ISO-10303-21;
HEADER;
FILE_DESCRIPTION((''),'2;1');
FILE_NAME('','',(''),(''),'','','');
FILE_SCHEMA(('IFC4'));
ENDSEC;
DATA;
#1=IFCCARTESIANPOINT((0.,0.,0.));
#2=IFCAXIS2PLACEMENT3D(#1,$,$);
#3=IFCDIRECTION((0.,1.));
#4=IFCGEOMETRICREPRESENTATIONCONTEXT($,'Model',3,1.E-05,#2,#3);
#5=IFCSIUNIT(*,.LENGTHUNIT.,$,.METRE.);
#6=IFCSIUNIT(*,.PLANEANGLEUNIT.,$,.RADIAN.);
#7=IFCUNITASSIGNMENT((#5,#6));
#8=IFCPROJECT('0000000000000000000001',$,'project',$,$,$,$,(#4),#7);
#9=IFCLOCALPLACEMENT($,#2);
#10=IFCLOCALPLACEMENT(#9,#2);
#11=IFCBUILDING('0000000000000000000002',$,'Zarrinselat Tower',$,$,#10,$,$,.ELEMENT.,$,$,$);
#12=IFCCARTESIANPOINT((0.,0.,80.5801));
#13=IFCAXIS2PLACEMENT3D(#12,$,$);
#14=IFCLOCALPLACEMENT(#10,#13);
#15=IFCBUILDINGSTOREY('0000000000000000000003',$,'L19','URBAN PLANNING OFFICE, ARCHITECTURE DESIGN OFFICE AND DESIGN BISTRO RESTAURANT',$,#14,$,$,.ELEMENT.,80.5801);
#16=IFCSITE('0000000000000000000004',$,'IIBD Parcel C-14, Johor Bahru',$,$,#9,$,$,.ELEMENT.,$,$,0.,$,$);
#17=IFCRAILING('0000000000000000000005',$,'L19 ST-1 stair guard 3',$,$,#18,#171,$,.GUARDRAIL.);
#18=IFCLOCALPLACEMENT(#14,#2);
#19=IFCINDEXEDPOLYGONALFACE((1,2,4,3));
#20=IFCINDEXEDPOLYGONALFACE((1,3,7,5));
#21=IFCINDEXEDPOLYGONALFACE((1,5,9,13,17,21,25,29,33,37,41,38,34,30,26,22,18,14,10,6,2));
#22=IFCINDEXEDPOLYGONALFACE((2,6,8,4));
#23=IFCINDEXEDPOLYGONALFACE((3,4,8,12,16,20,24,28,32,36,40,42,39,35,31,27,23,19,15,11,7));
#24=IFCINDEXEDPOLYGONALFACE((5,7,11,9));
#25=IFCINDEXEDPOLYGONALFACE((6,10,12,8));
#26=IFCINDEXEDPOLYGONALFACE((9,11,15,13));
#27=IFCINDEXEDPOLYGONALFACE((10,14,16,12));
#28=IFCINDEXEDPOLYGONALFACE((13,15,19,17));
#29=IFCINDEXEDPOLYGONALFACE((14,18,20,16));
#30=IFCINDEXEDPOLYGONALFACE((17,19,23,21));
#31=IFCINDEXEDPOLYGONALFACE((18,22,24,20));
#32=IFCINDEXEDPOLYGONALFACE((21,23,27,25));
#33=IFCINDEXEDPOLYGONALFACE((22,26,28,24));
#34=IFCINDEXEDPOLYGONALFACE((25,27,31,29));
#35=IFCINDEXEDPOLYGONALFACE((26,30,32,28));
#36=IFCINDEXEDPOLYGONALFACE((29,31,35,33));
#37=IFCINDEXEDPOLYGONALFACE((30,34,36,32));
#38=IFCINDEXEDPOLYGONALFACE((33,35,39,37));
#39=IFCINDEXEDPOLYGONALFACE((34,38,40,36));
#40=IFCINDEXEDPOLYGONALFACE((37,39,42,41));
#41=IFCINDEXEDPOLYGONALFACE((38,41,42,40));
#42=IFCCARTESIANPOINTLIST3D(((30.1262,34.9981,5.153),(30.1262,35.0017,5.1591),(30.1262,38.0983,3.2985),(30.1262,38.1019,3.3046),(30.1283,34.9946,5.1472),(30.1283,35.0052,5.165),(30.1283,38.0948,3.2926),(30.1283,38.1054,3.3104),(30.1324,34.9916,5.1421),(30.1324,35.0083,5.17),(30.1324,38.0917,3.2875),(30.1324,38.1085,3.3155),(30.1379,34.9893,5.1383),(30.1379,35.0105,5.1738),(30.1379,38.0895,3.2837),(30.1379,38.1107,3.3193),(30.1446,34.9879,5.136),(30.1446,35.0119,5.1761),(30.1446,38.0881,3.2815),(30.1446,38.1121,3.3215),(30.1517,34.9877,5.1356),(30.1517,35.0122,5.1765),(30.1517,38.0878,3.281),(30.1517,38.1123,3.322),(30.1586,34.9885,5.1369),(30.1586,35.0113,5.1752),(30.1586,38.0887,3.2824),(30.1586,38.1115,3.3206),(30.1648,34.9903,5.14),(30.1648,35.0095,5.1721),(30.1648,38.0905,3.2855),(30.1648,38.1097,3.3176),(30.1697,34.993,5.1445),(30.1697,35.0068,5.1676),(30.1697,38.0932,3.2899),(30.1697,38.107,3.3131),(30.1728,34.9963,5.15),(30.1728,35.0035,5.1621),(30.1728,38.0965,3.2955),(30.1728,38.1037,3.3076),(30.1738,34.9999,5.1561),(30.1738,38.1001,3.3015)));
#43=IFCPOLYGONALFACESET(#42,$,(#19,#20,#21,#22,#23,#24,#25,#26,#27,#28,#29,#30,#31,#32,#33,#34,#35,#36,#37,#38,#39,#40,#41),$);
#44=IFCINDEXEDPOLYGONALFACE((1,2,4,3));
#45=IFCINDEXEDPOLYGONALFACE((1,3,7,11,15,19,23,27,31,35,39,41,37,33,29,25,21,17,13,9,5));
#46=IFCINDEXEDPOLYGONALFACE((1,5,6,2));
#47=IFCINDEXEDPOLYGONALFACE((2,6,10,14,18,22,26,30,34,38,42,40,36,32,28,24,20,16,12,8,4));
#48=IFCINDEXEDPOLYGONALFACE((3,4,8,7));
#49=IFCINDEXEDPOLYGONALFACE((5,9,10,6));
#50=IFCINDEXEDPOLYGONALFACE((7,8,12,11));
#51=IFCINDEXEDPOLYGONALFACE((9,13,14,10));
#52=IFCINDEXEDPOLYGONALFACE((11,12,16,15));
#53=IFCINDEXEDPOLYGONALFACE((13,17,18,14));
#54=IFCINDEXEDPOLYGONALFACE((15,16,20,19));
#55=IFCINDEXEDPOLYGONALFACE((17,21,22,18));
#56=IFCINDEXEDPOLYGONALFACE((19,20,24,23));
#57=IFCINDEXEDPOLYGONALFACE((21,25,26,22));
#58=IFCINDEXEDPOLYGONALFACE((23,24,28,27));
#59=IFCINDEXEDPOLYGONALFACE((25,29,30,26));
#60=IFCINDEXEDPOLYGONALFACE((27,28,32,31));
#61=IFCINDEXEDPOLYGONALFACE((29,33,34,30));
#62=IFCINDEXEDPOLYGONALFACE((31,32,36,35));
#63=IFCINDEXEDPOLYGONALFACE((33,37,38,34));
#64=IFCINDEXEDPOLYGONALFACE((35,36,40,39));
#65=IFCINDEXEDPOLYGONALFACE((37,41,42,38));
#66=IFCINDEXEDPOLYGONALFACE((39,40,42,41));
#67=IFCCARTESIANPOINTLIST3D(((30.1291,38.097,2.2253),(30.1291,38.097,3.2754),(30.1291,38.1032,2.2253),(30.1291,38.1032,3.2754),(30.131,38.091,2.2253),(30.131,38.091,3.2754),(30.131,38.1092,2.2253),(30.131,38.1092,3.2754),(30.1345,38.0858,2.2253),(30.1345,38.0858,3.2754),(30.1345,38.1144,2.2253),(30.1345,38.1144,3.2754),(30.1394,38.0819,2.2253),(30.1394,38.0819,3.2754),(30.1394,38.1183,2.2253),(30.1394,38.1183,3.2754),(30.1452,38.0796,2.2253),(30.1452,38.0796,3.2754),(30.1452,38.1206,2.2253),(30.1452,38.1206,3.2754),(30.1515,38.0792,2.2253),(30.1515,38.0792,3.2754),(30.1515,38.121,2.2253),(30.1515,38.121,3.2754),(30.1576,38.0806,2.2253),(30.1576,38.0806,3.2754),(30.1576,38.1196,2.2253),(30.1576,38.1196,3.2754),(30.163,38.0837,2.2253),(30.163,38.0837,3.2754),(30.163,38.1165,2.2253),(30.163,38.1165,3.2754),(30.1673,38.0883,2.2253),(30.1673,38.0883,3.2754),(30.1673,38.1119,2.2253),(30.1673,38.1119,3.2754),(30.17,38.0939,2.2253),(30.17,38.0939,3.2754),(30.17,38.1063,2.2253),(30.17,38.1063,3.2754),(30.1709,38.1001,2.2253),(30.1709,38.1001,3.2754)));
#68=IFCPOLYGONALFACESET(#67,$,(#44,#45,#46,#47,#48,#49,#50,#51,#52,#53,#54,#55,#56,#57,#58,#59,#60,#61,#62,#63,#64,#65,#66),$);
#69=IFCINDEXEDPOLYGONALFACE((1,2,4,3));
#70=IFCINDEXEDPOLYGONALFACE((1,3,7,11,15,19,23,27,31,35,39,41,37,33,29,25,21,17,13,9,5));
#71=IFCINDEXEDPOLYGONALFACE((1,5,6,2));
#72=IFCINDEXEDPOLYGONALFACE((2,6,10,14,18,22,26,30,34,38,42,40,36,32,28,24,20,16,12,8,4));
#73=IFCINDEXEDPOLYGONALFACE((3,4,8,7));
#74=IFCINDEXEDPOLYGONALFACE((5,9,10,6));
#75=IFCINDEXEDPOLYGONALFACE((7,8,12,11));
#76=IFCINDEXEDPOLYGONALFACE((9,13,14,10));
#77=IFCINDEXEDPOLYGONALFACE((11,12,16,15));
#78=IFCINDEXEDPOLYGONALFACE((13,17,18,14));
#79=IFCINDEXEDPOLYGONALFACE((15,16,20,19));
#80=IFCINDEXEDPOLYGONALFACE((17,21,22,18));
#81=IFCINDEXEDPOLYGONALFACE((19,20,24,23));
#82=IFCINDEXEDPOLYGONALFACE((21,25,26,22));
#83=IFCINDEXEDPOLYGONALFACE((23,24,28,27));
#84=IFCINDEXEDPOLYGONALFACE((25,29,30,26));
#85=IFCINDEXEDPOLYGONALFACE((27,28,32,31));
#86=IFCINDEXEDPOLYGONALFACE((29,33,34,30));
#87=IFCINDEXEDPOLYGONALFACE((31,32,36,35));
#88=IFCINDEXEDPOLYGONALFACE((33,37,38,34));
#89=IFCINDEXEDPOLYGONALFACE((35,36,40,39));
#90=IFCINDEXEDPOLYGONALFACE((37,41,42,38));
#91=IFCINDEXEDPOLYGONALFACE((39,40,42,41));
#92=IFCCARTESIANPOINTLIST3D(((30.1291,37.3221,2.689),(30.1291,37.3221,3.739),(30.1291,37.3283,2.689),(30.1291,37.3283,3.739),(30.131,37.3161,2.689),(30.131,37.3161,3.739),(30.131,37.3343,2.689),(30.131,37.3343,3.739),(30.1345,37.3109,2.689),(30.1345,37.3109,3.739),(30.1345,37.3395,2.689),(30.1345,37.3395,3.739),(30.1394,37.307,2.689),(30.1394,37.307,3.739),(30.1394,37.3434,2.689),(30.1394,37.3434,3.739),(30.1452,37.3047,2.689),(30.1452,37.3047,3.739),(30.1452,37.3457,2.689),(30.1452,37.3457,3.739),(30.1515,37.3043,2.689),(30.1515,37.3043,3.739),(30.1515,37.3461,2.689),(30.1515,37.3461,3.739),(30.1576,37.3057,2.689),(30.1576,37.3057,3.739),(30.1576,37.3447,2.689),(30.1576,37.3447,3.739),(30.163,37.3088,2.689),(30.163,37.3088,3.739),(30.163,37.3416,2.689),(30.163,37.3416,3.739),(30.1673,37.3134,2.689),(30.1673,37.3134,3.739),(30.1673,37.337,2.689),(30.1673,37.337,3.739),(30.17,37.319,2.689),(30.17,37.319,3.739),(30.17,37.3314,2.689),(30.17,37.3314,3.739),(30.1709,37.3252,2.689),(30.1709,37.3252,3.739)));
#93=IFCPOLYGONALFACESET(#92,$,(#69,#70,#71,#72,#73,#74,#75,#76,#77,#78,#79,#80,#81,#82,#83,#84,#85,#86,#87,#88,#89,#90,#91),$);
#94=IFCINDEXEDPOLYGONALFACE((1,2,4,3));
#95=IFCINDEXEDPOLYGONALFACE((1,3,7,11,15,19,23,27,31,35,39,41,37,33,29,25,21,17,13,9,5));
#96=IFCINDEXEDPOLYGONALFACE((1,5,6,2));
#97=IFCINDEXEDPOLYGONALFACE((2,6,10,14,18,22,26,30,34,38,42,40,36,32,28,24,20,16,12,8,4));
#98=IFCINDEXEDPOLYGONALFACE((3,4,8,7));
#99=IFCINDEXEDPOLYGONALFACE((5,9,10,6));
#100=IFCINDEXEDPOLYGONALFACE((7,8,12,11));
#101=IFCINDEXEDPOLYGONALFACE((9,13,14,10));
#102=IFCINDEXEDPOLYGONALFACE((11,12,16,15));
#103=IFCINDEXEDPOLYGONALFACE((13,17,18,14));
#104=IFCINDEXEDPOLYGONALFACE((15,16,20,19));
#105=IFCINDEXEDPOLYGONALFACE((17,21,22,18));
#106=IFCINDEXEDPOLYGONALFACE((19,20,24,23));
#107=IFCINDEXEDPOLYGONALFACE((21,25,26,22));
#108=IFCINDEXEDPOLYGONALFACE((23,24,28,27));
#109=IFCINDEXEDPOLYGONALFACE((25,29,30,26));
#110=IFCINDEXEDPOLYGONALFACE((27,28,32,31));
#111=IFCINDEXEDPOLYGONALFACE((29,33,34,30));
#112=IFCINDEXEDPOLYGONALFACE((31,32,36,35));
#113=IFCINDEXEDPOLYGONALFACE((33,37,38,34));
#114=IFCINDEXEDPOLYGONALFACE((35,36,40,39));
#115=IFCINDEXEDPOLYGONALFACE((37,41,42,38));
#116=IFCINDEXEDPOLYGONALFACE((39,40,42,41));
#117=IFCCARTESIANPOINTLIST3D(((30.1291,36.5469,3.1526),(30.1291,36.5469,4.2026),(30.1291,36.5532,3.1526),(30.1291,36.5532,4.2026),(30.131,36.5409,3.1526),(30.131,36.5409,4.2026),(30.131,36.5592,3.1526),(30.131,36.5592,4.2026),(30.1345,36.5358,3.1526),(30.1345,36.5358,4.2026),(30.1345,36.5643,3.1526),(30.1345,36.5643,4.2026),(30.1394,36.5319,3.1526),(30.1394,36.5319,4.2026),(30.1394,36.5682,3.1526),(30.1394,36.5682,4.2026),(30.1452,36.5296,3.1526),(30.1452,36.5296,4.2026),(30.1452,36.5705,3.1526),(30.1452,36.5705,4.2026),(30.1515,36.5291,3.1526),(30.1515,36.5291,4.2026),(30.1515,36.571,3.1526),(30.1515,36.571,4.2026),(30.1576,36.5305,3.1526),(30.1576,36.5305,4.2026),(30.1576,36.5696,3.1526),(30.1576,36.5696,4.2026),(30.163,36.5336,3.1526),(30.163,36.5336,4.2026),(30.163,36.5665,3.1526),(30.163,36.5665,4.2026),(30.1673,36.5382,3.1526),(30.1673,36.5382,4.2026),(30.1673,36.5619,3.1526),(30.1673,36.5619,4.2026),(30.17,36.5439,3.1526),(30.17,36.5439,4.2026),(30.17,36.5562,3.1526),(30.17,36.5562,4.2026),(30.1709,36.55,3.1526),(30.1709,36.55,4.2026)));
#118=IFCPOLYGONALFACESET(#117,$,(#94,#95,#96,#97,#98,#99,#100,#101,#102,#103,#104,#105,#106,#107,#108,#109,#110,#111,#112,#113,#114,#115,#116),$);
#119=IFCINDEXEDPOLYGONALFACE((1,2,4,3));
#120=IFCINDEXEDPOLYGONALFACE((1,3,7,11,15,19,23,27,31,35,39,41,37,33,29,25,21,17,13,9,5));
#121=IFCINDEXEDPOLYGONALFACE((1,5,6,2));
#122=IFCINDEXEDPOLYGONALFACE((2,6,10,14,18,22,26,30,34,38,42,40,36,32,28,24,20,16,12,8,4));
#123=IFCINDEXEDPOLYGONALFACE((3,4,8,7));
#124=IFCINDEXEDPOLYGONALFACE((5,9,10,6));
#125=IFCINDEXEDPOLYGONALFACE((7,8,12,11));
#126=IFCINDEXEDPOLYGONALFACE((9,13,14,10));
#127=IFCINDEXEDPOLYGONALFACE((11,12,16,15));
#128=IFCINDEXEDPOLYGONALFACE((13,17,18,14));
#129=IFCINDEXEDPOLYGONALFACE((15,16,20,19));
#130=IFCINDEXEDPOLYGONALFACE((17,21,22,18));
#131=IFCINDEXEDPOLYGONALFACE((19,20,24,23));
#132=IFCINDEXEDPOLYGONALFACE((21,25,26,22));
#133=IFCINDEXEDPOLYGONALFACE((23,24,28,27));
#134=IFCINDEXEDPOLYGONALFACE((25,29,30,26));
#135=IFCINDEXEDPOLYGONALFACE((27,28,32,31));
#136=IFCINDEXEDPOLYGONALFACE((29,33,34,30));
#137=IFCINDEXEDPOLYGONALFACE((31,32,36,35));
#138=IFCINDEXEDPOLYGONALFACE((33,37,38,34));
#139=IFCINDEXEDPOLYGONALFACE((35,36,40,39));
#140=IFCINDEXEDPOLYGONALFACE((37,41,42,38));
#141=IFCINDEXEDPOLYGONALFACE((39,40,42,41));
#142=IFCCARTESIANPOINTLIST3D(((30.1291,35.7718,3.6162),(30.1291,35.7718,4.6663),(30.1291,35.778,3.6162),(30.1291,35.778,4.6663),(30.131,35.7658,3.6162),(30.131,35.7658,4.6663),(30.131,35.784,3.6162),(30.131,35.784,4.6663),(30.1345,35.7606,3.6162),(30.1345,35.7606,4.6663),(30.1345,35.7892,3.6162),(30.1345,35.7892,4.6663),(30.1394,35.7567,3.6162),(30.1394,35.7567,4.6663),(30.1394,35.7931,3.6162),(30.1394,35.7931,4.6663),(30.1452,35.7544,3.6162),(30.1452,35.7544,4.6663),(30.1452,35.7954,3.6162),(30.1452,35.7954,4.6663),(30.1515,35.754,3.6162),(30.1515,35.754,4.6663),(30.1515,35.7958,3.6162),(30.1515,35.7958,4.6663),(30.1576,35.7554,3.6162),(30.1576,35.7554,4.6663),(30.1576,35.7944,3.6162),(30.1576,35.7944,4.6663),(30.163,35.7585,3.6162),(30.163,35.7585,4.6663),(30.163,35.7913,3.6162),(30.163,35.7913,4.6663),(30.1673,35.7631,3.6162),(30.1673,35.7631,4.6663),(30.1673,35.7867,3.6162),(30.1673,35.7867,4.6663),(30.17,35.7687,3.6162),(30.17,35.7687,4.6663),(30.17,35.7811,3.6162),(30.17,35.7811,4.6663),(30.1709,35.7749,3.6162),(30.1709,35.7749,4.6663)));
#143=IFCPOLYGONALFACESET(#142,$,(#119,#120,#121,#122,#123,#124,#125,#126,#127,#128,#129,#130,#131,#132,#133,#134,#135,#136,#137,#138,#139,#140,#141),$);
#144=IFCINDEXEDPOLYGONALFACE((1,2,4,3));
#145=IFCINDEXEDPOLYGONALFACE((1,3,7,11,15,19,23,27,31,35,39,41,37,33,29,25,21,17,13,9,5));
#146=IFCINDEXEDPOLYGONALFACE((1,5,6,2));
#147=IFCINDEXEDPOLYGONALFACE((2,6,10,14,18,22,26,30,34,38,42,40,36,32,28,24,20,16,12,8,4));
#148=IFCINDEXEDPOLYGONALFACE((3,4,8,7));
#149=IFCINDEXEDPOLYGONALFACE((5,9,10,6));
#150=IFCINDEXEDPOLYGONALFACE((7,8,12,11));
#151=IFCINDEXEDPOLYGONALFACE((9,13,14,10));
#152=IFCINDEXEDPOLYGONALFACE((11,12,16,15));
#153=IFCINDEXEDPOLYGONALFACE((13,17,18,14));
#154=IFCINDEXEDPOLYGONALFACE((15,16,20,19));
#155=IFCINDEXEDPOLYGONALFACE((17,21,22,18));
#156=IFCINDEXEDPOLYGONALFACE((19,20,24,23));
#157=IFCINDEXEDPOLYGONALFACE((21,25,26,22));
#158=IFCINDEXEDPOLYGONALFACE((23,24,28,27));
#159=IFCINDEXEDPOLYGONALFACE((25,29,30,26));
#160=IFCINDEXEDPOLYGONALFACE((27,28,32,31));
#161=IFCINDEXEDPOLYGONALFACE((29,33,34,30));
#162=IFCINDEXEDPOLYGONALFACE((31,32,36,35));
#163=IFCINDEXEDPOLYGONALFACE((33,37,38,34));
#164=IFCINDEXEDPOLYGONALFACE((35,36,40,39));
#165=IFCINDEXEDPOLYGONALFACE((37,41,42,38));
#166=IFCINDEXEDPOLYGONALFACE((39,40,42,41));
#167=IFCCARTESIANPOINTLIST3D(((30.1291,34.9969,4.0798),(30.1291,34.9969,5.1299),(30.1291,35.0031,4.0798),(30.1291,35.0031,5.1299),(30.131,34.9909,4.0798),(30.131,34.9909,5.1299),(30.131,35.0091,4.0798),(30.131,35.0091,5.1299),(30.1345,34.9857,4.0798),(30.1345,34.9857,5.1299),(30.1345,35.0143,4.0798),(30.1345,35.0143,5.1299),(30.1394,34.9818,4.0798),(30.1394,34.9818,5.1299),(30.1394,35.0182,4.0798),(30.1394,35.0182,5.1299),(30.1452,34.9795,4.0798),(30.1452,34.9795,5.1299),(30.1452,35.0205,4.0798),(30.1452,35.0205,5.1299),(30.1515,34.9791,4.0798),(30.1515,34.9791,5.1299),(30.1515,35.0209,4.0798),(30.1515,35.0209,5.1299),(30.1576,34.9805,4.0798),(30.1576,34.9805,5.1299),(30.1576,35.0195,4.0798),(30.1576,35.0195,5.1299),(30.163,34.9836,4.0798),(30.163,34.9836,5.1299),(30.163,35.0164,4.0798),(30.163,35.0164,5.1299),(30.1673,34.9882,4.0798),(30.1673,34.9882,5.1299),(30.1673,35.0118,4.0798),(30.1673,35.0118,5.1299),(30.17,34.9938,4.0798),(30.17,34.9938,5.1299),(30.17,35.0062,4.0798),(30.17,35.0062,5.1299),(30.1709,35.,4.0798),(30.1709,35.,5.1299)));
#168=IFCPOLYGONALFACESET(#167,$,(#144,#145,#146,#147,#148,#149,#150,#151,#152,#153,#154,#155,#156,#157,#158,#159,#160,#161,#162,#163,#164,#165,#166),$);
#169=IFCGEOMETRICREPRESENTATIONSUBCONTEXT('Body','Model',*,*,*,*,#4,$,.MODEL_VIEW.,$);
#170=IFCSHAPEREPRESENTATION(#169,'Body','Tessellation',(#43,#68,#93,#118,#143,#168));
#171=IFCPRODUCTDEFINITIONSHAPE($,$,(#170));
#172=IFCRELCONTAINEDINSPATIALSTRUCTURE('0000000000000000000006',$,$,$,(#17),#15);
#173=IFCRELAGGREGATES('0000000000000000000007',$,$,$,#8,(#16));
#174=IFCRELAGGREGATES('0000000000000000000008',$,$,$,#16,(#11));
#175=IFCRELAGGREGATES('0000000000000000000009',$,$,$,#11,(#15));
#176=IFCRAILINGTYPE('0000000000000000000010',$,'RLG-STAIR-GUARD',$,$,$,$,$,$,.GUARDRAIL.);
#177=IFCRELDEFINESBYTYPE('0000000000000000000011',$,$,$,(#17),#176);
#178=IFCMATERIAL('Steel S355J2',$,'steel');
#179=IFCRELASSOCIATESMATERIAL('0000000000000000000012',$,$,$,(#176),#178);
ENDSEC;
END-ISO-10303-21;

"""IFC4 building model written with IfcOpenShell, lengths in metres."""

from ifc_helpers import new_model, si_unit, direction, frame, origin, origin_2d, place, context, subcontext, project, spatial, circle, extrude, material, type_object, element, save


model = new_model("IFC4")

# Units and contexts
model_context = context("Model", 3, precision=1e-05, world=origin(), true_north=direction((0.0, 1.0)))
body_context = subcontext(model_context, "Body", "Model", "MODEL_VIEW")
ifc_project = project(units=[si_unit("LENGTHUNIT", "METRE"), si_unit("PLANEANGLEUNIT", "RADIAN")], contexts=[model_context])

# Site, building, storey
site_placement = place(None, origin())
site = spatial("IfcSite", under=ifc_project, at=site_placement, Name="IIBD Parcel C-14, Johor Bahru", CompositionType="ELEMENT", RefElevation=0.0)
building_placement = place(site_placement, origin())
building = spatial("IfcBuilding", under=site, at=building_placement, Name="Zarrinselat Tower", CompositionType="ELEMENT")
storey_placement = place(building_placement, frame((0.0, 0.0, 80.5801)))
storey = spatial("IfcBuildingStorey", under=building, at=storey_placement, Name="L19", Description="URBAN PLANNING OFFICE, ARCHITECTURE DESIGN OFFICE AND DESIGN BISTRO RESTAURANT", CompositionType="ELEMENT", Elevation=80.5801)

# Railing
ifc_material_1 = material(Name="Steel S355J2", Category="steel")
railing_type_1 = type_object("IfcRailingType", Name="RLG-STAIR-GUARD", PredefinedType="GUARDRAIL", material=ifc_material_1)
railing_1_placement = place(storey_placement, frame((30.1499, 38.1001, 2.2253)))
element("IfcRailing", 1, at=railing_1_placement, inside=storey, type_object=railing_type_1, Name="L19 ST-1 stair guard 3", PredefinedType="GUARDRAIL", context=body_context, shape_type="SweptSolid", body=[
    extrude(circle(Radius=0.0239, at=origin_2d()), frame((0.0, 0.0, 1.0762), z_axis=(0.0, -0.858172, 0.513362), x_axis=(1.0, 0.0, 0.0)), (0.0, 0.0, 1.0), 3.6125),
    extrude(circle(Radius=0.021, at=origin_2d()), origin(), (0.0, 0.0, 1.0), 1.05),
    extrude(circle(Radius=0.021, at=origin_2d()), frame((0.0, -0.7749, 0.4636)), (0.0, 0.0, 1.0), 1.05),
    extrude(circle(Radius=0.021, at=origin_2d()), frame((0.0, -1.55, 0.9272)), (0.0, 0.0, 1.0), 1.05),
    extrude(circle(Radius=0.021, at=origin_2d()), frame((0.0, -2.3252, 1.3909)), (0.0, 0.0, 1.0), 1.05),
    extrude(circle(Radius=0.021, at=origin_2d()), frame((0.0, -3.1001, 1.8545)), (0.0, 0.0, 1.0), 1.05),
])

save(model, "model.ifc")
